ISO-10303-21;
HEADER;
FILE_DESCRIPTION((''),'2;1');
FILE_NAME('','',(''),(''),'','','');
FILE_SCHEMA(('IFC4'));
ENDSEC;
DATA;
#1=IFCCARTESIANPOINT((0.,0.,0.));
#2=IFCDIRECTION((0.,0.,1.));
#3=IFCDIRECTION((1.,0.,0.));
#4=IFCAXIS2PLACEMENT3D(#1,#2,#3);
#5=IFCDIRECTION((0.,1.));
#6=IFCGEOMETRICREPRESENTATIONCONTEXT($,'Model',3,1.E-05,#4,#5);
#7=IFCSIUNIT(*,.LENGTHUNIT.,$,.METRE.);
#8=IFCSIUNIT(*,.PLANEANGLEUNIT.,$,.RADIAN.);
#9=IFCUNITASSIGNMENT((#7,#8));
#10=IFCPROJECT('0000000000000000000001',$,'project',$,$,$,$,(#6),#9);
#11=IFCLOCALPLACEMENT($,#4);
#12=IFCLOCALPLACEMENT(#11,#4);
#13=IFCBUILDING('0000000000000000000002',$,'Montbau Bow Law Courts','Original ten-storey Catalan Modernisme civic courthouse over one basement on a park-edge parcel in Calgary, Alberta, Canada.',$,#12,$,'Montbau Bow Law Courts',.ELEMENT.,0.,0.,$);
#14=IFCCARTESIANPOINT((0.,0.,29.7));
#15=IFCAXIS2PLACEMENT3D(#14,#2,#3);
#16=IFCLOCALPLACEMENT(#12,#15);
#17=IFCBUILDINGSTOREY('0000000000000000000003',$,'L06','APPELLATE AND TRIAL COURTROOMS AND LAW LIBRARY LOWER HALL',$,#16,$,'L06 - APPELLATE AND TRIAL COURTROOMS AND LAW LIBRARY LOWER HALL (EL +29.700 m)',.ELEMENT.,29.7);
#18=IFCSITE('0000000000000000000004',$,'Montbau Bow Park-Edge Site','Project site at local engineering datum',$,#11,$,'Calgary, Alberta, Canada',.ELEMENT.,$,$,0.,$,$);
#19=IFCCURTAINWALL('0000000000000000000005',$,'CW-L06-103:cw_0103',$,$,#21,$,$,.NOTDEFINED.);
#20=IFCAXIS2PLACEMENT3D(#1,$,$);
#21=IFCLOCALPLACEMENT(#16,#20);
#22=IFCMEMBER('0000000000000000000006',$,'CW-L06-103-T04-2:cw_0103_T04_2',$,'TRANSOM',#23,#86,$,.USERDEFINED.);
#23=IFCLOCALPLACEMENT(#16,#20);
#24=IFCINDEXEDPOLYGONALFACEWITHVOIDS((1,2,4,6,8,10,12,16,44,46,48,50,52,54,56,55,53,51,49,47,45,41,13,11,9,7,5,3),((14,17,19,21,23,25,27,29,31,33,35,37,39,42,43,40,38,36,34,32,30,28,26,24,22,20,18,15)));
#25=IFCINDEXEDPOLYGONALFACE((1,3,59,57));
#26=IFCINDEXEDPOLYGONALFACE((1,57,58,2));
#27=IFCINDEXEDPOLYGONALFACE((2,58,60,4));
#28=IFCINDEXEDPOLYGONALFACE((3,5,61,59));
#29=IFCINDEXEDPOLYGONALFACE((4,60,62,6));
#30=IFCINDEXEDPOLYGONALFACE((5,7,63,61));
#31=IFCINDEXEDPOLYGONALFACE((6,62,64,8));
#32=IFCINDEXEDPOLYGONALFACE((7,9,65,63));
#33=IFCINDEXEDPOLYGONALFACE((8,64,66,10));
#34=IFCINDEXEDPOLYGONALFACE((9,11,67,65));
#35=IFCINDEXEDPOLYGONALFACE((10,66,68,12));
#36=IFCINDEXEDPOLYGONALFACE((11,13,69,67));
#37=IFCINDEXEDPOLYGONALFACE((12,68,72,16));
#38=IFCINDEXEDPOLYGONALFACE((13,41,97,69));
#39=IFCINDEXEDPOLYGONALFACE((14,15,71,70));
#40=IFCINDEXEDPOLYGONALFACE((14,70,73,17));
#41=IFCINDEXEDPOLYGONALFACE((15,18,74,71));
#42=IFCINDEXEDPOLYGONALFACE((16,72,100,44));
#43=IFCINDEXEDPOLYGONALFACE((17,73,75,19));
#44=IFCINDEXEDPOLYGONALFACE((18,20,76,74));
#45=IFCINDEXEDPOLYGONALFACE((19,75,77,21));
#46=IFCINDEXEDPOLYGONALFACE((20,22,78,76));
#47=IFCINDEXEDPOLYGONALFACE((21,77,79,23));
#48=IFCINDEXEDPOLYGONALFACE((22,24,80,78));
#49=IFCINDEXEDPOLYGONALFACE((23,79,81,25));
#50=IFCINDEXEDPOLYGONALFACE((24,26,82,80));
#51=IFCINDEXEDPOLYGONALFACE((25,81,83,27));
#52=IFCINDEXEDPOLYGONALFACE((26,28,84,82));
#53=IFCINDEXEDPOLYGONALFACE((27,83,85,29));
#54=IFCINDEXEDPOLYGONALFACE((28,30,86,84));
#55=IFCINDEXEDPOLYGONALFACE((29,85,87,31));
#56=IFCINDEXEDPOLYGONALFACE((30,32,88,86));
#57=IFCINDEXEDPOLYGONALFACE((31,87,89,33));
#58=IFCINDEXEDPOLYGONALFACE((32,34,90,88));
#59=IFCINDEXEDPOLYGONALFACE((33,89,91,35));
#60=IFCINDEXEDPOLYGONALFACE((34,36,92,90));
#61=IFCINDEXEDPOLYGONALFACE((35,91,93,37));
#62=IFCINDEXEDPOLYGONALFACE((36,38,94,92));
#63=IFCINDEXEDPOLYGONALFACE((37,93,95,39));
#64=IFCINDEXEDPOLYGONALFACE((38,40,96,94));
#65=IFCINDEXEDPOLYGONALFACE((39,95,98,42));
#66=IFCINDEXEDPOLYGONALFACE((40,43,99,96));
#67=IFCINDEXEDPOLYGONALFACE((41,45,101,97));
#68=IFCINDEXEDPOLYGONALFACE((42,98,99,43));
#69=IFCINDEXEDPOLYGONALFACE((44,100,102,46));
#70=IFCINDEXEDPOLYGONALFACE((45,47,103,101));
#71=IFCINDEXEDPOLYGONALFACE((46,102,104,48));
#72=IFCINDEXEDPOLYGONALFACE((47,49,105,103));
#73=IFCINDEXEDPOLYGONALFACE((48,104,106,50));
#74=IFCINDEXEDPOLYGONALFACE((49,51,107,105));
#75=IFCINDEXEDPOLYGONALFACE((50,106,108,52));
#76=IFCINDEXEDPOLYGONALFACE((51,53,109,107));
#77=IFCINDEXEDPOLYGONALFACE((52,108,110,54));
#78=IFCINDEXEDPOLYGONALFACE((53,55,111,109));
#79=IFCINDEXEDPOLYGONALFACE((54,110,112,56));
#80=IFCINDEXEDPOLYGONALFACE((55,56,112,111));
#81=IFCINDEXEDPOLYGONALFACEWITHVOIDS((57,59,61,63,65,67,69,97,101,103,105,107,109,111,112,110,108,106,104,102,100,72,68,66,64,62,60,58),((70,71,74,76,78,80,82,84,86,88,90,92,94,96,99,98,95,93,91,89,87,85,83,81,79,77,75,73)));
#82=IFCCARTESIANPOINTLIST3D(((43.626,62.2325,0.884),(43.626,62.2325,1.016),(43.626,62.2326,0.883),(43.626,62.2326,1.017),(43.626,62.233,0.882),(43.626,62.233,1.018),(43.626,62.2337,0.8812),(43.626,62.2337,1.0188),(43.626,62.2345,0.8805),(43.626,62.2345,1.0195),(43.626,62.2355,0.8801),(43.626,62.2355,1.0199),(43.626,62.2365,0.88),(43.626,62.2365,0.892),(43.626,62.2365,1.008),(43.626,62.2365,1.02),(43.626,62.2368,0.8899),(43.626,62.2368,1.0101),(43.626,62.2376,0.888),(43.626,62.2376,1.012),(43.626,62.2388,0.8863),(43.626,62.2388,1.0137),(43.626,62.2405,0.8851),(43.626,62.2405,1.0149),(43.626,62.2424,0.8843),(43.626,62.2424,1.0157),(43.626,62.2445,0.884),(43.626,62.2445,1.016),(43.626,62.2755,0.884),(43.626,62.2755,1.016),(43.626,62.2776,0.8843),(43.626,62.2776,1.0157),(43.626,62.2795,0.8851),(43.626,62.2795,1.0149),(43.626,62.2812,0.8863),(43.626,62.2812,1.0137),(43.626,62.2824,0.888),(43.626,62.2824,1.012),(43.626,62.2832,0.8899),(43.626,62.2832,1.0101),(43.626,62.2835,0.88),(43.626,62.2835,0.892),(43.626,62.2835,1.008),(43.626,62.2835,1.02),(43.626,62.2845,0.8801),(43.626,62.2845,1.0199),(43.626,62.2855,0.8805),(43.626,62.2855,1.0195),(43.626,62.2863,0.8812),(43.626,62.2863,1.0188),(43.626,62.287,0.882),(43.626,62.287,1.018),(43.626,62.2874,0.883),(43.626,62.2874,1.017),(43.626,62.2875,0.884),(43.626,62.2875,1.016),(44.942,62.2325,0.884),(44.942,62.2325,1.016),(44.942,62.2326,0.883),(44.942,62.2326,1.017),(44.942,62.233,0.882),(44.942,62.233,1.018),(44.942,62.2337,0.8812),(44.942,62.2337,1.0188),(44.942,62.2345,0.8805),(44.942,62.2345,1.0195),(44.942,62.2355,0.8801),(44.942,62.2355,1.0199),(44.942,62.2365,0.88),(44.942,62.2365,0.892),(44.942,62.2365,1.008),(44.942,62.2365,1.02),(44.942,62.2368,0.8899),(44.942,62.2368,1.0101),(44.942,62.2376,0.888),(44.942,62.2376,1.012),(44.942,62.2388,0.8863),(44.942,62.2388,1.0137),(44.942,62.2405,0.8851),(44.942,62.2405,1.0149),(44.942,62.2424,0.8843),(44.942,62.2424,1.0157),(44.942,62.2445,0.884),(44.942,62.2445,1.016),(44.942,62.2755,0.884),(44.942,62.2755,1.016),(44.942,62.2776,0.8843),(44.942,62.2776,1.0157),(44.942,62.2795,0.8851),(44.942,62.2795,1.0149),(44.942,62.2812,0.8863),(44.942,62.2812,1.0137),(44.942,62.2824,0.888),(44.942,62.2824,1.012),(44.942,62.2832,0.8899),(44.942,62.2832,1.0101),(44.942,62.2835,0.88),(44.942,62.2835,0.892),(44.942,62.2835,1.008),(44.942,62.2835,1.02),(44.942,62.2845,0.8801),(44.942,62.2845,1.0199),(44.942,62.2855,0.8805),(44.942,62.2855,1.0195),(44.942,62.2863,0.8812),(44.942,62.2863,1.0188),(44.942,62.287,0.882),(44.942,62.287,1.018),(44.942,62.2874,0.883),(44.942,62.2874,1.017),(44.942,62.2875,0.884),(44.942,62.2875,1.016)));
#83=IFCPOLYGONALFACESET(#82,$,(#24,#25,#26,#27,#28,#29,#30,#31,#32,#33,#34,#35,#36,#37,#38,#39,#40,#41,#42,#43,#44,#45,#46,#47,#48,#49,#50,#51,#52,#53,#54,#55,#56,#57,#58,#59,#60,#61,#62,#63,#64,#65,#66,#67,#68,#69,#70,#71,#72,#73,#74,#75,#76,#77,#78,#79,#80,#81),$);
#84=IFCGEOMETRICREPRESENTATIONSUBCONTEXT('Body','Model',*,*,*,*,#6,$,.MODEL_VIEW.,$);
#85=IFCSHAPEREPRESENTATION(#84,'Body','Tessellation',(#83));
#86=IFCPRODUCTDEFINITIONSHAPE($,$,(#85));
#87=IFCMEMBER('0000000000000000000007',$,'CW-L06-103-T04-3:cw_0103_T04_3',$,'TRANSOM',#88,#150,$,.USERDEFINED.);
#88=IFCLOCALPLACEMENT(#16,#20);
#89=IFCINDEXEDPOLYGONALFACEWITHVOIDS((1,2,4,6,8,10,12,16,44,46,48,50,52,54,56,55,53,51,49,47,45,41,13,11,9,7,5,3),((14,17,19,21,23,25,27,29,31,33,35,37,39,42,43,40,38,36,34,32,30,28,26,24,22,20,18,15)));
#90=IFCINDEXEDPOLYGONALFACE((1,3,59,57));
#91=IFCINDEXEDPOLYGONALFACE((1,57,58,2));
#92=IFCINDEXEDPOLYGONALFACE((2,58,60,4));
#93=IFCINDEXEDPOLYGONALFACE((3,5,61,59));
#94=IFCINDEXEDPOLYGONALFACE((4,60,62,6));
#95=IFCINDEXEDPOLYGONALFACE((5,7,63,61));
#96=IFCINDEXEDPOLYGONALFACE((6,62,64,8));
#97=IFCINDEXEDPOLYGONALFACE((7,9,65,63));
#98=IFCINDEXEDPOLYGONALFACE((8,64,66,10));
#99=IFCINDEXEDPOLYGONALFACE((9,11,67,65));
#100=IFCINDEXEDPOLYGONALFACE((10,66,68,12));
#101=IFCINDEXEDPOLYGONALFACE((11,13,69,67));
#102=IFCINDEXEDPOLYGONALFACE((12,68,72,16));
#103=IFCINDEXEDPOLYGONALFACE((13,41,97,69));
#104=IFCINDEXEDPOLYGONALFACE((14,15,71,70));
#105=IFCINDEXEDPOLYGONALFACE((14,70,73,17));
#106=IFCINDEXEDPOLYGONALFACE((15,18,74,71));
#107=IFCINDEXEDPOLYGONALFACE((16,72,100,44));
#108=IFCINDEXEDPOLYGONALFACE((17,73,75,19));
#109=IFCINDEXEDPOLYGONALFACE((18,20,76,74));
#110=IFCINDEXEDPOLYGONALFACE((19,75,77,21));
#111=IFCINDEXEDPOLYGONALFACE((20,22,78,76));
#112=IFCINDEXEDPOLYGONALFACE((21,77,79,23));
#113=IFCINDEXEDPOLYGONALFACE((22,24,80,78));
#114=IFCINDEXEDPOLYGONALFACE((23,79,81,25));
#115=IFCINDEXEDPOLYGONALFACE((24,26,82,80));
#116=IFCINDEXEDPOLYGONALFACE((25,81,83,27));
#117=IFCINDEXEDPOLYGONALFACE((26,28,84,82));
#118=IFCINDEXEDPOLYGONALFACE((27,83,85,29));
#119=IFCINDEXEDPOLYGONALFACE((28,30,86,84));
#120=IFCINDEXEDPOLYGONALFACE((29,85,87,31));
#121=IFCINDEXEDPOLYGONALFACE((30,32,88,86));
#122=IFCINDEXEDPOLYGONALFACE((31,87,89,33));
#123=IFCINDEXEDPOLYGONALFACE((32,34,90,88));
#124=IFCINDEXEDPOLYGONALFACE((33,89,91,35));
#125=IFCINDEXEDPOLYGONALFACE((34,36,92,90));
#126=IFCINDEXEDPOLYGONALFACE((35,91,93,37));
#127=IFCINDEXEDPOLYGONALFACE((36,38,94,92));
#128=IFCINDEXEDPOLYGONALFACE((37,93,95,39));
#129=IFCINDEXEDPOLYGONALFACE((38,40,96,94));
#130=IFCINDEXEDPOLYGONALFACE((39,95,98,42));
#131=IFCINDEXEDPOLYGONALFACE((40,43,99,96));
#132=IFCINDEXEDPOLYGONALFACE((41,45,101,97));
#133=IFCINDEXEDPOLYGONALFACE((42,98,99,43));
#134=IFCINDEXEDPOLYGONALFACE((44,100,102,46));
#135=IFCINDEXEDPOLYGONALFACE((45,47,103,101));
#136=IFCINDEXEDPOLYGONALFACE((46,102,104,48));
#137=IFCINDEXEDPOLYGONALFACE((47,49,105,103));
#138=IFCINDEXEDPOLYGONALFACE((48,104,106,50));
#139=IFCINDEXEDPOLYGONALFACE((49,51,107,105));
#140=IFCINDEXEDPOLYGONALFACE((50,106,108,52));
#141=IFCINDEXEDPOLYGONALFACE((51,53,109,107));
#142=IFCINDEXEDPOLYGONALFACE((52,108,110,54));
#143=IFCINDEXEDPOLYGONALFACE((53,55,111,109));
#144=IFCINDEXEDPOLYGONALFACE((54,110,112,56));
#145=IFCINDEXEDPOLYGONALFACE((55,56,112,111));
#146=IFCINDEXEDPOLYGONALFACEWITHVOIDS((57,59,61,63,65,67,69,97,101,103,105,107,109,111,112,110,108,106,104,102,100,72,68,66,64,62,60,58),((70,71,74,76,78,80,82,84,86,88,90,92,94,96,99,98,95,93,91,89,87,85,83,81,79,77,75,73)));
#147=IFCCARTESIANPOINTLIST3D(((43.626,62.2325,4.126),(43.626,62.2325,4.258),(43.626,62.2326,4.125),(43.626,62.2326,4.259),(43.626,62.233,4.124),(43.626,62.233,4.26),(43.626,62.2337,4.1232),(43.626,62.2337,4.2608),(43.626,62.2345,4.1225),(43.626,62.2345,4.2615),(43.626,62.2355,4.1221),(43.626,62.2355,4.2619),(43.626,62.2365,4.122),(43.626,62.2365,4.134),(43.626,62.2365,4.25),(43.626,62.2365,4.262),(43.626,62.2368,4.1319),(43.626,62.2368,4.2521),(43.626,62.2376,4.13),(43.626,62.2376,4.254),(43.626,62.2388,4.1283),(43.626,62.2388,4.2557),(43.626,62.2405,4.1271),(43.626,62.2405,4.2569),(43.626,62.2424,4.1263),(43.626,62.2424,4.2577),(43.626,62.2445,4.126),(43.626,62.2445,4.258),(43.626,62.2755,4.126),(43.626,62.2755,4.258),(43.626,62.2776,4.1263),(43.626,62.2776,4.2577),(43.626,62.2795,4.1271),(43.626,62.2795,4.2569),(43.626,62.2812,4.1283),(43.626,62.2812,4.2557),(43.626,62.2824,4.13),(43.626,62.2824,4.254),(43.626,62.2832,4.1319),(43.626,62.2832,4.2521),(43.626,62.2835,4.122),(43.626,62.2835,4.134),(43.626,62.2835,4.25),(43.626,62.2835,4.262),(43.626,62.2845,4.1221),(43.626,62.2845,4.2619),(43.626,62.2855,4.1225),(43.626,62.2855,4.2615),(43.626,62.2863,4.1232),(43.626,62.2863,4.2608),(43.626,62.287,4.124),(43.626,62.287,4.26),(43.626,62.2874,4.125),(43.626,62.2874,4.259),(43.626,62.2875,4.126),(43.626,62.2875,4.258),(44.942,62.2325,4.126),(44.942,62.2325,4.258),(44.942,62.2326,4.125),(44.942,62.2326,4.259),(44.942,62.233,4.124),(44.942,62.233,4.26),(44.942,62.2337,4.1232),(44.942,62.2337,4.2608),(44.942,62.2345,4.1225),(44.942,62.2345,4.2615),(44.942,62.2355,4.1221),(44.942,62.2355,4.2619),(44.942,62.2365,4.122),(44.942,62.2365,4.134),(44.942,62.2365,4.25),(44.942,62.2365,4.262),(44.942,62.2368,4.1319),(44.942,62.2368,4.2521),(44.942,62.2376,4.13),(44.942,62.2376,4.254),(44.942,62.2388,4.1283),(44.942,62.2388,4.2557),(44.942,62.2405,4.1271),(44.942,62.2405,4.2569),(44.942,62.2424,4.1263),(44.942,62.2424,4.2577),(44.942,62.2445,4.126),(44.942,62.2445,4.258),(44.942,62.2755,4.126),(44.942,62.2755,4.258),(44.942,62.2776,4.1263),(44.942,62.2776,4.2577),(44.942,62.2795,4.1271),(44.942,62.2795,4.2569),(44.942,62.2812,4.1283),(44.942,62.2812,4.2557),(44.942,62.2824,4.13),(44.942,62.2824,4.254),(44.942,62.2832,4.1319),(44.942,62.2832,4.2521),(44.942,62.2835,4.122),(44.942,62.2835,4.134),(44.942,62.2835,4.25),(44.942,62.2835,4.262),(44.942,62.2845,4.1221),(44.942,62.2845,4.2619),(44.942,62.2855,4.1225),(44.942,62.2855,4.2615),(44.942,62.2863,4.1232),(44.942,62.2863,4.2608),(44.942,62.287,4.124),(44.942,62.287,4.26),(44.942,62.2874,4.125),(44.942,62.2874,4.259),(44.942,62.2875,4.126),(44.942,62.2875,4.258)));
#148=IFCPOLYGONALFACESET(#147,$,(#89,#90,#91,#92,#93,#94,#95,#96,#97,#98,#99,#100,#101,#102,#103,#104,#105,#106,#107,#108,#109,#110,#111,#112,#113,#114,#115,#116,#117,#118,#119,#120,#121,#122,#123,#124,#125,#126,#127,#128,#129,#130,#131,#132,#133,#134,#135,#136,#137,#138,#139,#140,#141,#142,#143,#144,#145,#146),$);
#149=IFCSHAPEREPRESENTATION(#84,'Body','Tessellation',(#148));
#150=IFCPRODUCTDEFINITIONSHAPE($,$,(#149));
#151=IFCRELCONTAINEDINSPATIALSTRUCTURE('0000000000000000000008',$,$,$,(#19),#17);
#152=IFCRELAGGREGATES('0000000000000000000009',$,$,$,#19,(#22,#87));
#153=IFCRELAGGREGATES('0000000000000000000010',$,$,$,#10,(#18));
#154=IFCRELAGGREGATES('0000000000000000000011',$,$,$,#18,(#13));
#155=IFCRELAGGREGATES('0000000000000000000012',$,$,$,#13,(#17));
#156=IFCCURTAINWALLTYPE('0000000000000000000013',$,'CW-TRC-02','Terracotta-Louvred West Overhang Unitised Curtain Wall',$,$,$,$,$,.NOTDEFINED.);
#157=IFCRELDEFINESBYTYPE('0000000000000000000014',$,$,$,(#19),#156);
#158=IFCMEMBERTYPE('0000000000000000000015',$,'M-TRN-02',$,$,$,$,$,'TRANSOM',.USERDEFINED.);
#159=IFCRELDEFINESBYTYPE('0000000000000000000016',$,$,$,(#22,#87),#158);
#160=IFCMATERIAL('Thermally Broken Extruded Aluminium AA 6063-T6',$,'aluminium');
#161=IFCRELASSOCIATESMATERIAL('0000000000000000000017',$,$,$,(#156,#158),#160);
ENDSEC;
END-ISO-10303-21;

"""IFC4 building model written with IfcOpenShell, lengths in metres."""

from ifc_helpers import new_model, si_unit, direction, frame, origin_with_axes, origin_2d_with_axis, place, context, subcontext, project, spatial, hollow_rectangle, extrude, material, material_profile, profile_set, type_object, element, aggregate, save


model = new_model("IFC4")

# Units and contexts
model_context = context("Model", 3, precision=1e-05, world=origin_with_axes(), true_north=direction((0.0, 1.0)))
body_context = subcontext(model_context, "Body", "Model", "MODEL_VIEW")
ifc_project = project(units=[si_unit("LENGTHUNIT", "METRE"), si_unit("PLANEANGLEUNIT", "RADIAN")], contexts=[model_context])

# Site, building, storey
site_placement = place(None, origin_with_axes())
site = spatial("IfcSite", under=ifc_project, at=site_placement, Name="Montbau Bow Park-Edge Site", Description="Project site at local engineering datum", LongName="Calgary, Alberta, Canada", CompositionType="ELEMENT", RefElevation=0.0)
building_placement = place(site_placement, origin_with_axes())
building = spatial("IfcBuilding", under=site, at=building_placement, Name="Montbau Bow Law Courts", Description="Original ten-storey Catalan Modernisme civic courthouse over one basement on a park-edge parcel in Calgary, Alberta, Canada.", LongName="Montbau Bow Law Courts", CompositionType="ELEMENT", ElevationOfRefHeight=0.0, ElevationOfTerrain=0.0)
storey_placement = place(building_placement, frame((0.0, 0.0, 29.7), z_axis=(0.0, 0.0, 1.0), x_axis=(1.0, 0.0, 0.0)))
storey = spatial("IfcBuildingStorey", under=building, at=storey_placement, Name="L06", Description="APPELLATE AND TRIAL COURTROOMS AND LAW LIBRARY LOWER HALL", LongName="L06 - APPELLATE AND TRIAL COURTROOMS AND LAW LIBRARY LOWER HALL (EL +29.700 m)", CompositionType="ELEMENT", Elevation=29.7)

# Curtain wall, members
ifc_material_1 = material(Name="Thermally Broken Extruded Aluminium AA 6063-T6", Category="aluminium")
curtain_wall_type = type_object("IfcCurtainWallType", Name="CW-TRC-02", Description="Terracotta-Louvred West Overhang Unitised Curtain Wall", PredefinedType="NOTDEFINED", material=ifc_material_1)
curtain_wall_placement = place(None, frame((39.44, 62.26, 29.7), z_axis=(0.0, 0.0, 1.0), x_axis=(1.0, 0.0, 0.0)))
curtain_wall = element("IfcCurtainWall", 1, at=curtain_wall_placement, inside=storey, type_object=curtain_wall_type, Name="CW-L06-103:cw_0103", PredefinedType="NOTDEFINED")
ifc_material_profile_1 = material_profile(ifc_material_1, hollow_rectangle(XDim=0.055, YDim=0.14, WallThickness=0.004, InnerFilletRadius=0.008, OuterFilletRadius=0.004, at=origin_2d_with_axis()), Name="CWT-140X55", Category="Main", Priority=0)
ifc_profile_set_1 = profile_set([ifc_material_profile_1], Name="Thermally Broken Extruded Aluminium AA 6063-T6")
member_type_1 = type_object("IfcMemberType", Name="M-TRN-02", ElementType="TRANSOM", PredefinedType="USERDEFINED", material=ifc_profile_set_1)
member_1_placement = place(None, frame((43.626, 62.26, 30.65), z_axis=(1.0, 0.0, 0.0), x_axis=(0.0, 1.0, 0.0)))
member_1 = element("IfcMember", 2, at=member_1_placement, type_object=member_type_1, Name="CW-L06-103-T04-2:cw_0103_T04_2", ObjectType="TRANSOM", PredefinedType="USERDEFINED", context=body_context, shape_type="SweptSolid", body=[
    extrude(hollow_rectangle(XDim=0.055, YDim=0.14, WallThickness=0.004, InnerFilletRadius=0.008, OuterFilletRadius=0.004, at=origin_2d_with_axis()), origin_with_axes(), (0.0, 0.0, 1.0), 1.316),
])
member_2_placement = place(None, frame((43.626, 62.26, 33.892), z_axis=(1.0, 0.0, 0.0), x_axis=(0.0, 1.0, 0.0)))
member_2 = element("IfcMember", 3, at=member_2_placement, type_object=member_type_1, Name="CW-L06-103-T04-3:cw_0103_T04_3", ObjectType="TRANSOM", PredefinedType="USERDEFINED", context=body_context, shape_type="SweptSolid", body=[
    extrude(hollow_rectangle(XDim=0.055, YDim=0.14, WallThickness=0.004, InnerFilletRadius=0.008, OuterFilletRadius=0.004, at=origin_2d_with_axis()), origin_with_axes(), (0.0, 0.0, 1.0), 1.316),
])
aggregate(curtain_wall, [member_1, member_2])

save(model, "model.ifc")
